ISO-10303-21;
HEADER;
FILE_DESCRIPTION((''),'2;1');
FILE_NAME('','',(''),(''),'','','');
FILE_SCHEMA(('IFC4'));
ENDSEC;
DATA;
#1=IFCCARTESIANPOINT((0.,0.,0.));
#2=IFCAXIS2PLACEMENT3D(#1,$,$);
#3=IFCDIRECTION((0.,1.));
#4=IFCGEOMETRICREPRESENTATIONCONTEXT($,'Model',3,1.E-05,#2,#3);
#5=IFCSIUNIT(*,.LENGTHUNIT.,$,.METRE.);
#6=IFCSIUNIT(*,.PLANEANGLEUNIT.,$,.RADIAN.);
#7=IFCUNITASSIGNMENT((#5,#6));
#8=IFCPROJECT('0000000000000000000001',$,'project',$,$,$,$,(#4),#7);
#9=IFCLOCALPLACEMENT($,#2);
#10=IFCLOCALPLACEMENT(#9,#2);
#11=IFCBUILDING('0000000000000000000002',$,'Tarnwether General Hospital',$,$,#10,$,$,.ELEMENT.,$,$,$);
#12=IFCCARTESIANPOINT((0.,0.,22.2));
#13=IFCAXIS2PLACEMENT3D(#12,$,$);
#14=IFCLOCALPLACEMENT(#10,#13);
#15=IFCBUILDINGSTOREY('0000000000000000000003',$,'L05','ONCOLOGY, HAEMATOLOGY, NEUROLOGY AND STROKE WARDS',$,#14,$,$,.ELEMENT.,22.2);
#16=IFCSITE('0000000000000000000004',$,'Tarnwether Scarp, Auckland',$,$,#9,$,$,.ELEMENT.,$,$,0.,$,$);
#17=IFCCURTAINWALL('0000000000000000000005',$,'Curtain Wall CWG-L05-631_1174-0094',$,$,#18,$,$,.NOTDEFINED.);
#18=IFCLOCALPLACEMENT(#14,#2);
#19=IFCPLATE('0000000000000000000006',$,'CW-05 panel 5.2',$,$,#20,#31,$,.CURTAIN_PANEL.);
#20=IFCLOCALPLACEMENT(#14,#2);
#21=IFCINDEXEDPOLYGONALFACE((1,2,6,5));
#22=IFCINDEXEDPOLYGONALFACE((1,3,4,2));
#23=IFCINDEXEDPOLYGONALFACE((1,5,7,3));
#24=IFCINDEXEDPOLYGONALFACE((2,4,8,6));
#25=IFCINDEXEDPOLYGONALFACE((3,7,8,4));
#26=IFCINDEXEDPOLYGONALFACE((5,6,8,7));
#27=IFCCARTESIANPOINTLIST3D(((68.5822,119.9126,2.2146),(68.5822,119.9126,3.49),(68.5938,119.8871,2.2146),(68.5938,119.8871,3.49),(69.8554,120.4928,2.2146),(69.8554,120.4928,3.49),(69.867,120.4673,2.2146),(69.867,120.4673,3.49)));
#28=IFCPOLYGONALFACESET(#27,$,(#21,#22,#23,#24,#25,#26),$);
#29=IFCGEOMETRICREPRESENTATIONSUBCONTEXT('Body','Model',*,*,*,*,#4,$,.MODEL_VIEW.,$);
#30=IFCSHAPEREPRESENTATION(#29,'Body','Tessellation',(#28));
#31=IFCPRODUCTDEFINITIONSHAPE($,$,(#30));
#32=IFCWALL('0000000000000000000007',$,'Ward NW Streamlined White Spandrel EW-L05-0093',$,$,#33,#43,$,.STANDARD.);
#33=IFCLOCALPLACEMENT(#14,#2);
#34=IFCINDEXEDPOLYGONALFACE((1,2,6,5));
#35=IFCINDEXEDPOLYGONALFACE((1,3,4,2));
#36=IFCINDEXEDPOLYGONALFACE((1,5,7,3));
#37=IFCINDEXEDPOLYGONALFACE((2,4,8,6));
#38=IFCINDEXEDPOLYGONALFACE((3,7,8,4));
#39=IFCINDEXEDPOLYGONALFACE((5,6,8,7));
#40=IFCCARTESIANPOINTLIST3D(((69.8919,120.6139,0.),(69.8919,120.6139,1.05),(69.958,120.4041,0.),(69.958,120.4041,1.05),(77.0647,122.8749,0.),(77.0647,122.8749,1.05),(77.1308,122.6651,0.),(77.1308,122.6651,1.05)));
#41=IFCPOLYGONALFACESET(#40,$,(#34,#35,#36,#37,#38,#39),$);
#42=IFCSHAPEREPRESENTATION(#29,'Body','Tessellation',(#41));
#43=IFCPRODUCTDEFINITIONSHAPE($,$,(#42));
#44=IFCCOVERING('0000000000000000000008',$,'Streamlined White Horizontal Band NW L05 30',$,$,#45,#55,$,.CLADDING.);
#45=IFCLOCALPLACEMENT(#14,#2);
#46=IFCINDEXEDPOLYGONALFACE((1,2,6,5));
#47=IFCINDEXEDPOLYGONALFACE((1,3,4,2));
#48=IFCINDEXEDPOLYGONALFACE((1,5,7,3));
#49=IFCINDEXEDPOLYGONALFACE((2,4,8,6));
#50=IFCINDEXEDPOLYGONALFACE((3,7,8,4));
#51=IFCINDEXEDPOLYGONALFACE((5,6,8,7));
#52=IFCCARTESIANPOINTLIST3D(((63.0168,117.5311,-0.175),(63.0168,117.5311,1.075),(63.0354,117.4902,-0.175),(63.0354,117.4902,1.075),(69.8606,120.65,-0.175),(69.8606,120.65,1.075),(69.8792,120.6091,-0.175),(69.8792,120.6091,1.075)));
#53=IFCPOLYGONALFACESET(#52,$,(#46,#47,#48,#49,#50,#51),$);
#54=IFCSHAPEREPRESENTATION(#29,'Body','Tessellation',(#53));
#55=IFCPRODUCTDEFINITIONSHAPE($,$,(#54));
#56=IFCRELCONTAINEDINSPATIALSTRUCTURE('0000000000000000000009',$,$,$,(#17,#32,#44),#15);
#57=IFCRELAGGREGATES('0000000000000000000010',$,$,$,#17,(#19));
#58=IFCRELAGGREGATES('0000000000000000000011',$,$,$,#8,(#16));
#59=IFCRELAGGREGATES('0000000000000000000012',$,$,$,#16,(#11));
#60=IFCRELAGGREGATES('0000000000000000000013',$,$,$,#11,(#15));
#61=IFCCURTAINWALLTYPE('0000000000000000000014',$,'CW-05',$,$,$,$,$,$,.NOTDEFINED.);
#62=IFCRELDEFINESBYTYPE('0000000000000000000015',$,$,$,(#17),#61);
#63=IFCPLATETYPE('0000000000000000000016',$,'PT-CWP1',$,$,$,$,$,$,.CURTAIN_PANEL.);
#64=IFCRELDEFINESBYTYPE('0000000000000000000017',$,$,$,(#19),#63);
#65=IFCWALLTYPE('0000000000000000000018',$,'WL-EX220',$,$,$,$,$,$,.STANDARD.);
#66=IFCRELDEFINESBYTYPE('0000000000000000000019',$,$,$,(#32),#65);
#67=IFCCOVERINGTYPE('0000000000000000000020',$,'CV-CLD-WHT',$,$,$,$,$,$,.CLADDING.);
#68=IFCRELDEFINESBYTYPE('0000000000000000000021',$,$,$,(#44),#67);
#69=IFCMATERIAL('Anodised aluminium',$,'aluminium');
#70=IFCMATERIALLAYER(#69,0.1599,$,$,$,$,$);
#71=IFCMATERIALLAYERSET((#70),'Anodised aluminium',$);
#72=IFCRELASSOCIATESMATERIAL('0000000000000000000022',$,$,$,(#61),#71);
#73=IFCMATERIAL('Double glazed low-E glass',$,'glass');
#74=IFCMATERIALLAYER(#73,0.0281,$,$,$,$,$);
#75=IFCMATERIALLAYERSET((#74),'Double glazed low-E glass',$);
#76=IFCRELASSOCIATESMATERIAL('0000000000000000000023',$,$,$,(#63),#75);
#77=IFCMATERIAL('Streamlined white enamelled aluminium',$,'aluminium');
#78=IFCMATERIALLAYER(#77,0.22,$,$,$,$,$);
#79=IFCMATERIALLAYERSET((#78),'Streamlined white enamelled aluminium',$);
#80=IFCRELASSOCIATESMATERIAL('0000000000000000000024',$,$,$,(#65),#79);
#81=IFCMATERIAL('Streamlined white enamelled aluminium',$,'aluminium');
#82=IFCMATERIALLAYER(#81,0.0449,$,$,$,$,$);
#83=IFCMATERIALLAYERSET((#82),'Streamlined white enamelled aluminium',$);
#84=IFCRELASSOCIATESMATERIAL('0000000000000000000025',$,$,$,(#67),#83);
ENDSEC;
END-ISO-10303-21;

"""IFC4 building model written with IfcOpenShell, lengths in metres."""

from ifc_helpers import new_model, si_unit, direction, frame, frame_2d, origin, origin_2d, place, context, subcontext, project, spatial, rectangle, extrude, material, layer, layer_set, type_object, element, aggregate, save


model = new_model("IFC4")

# Units and contexts
model_context = context("Model", 3, precision=1e-05, world=origin(), true_north=direction((0.0, 1.0)))
body_context = subcontext(model_context, "Body", "Model", "MODEL_VIEW")
ifc_project = project(units=[si_unit("LENGTHUNIT", "METRE"), si_unit("PLANEANGLEUNIT", "RADIAN")], contexts=[model_context])

# Site, building, storey
site_placement = place(None, origin())
site = spatial("IfcSite", under=ifc_project, at=site_placement, Name="Tarnwether Scarp, Auckland", CompositionType="ELEMENT", RefElevation=0.0)
building_placement = place(site_placement, origin())
building = spatial("IfcBuilding", under=site, at=building_placement, Name="Tarnwether General Hospital", CompositionType="ELEMENT")
storey_placement = place(building_placement, frame((0.0, 0.0, 22.2)))
storey = spatial("IfcBuildingStorey", under=building, at=storey_placement, Name="L05", Description="ONCOLOGY, HAEMATOLOGY, NEUROLOGY AND STROKE WARDS", CompositionType="ELEMENT", Elevation=22.2)

# Shared definitions
ifc_material_1 = material(Name="Anodised aluminium", Category="aluminium")
ifc_layer_1 = layer(ifc_material_1, 0.1599)
ifc_layer_set_1 = layer_set([ifc_layer_1], Name="Anodised aluminium")
curtain_wall_type = type_object("IfcCurtainWallType", Name="CW-05", PredefinedType="NOTDEFINED", material=ifc_layer_set_1)

# Curtain wall
curtain_wall_1_placement = place(storey_placement, origin())
curtain_wall_1 = element("IfcCurtainWall", 1, at=curtain_wall_1_placement, inside=storey, type_object=curtain_wall_type, Name="Curtain Wall CWG-L05-631_1174-0094", PredefinedType="NOTDEFINED")

# Plate
ifc_material_2 = material(Name="Double glazed low-E glass", Category="glass")
ifc_layer_2 = layer(ifc_material_2, 0.0281)
ifc_layer_set_2 = layer_set([ifc_layer_2], Name="Double glazed low-E glass")
plate_type = type_object("IfcPlateType", Name="PT-CWP1", PredefinedType="CURTAIN_PANEL", material=ifc_layer_set_2)
plate_1_placement = place(storey_placement, frame((69.2246, 120.1899, 2.2146), z_axis=(0.0, 0.0, 1.0), x_axis=(0.909961, 0.414694, 0.0)))
plate_1 = element("IfcPlate", 2, at=plate_1_placement, type_object=plate_type, Name="CW-05 panel 5.2", PredefinedType="CURTAIN_PANEL", context=body_context, shape_type="SweptSolid", body=[
    extrude(rectangle(XDim=1.3992, YDim=0.0281, at=origin_2d()), origin(), (0.0, 0.0, 1.0), 1.2754),
])
aggregate(curtain_wall_1, [plate_1])

# Wall
ifc_material_3 = material(Name="Streamlined white enamelled aluminium", Category="aluminium")
ifc_layer_3 = layer(ifc_material_3, 0.22)
ifc_layer_set_3 = layer_set([ifc_layer_3], Name="Streamlined white enamelled aluminium")
wall_type = type_object("IfcWallType", Name="WL-EX220", PredefinedType="STANDARD", material=ifc_layer_set_3)
wall_placement = place(storey_placement, frame((69.925, 120.509, 0.0), z_axis=(0.0, 0.0, 1.0), x_axis=(0.95374, 0.300633, 0.0)))
element("IfcWall", 3, at=wall_placement, inside=storey, type_object=wall_type, Name="Ward NW Streamlined White Spandrel EW-L05-0093", PredefinedType="STANDARD", context=body_context, shape_type="SweptSolid", body=[
    extrude(rectangle(XDim=7.5208, YDim=0.22, at=frame_2d((3.7603, 0.0))), origin(), (0.0, 0.0, 1.0), 1.05),
])

# Covering
ifc_material_4 = material(Name="Streamlined white enamelled aluminium", Category="aluminium")
ifc_layer_4 = layer(ifc_material_4, 0.0449)
ifc_layer_set_4 = layer_set([ifc_layer_4], Name="Streamlined white enamelled aluminium")
covering_type = type_object("IfcCoveringType", Name="CV-CLD-WHT", PredefinedType="CLADDING", material=ifc_layer_set_4)
covering_placement = place(storey_placement, frame((66.448, 119.0701, -0.175), z_axis=(0.0, 0.0, 1.0), x_axis=(0.909961, 0.414693, 0.0)))
element("IfcCovering", 4, at=covering_placement, inside=storey, type_object=covering_type, Name="Streamlined White Horizontal Band NW L05 30", PredefinedType="CLADDING", context=body_context, shape_type="SweptSolid", body=[
    extrude(rectangle(XDim=7.521, YDim=0.0449, at=origin_2d()), origin(), (0.0, 0.0, 1.0), 1.25),
])

save(model, "model.ifc")
